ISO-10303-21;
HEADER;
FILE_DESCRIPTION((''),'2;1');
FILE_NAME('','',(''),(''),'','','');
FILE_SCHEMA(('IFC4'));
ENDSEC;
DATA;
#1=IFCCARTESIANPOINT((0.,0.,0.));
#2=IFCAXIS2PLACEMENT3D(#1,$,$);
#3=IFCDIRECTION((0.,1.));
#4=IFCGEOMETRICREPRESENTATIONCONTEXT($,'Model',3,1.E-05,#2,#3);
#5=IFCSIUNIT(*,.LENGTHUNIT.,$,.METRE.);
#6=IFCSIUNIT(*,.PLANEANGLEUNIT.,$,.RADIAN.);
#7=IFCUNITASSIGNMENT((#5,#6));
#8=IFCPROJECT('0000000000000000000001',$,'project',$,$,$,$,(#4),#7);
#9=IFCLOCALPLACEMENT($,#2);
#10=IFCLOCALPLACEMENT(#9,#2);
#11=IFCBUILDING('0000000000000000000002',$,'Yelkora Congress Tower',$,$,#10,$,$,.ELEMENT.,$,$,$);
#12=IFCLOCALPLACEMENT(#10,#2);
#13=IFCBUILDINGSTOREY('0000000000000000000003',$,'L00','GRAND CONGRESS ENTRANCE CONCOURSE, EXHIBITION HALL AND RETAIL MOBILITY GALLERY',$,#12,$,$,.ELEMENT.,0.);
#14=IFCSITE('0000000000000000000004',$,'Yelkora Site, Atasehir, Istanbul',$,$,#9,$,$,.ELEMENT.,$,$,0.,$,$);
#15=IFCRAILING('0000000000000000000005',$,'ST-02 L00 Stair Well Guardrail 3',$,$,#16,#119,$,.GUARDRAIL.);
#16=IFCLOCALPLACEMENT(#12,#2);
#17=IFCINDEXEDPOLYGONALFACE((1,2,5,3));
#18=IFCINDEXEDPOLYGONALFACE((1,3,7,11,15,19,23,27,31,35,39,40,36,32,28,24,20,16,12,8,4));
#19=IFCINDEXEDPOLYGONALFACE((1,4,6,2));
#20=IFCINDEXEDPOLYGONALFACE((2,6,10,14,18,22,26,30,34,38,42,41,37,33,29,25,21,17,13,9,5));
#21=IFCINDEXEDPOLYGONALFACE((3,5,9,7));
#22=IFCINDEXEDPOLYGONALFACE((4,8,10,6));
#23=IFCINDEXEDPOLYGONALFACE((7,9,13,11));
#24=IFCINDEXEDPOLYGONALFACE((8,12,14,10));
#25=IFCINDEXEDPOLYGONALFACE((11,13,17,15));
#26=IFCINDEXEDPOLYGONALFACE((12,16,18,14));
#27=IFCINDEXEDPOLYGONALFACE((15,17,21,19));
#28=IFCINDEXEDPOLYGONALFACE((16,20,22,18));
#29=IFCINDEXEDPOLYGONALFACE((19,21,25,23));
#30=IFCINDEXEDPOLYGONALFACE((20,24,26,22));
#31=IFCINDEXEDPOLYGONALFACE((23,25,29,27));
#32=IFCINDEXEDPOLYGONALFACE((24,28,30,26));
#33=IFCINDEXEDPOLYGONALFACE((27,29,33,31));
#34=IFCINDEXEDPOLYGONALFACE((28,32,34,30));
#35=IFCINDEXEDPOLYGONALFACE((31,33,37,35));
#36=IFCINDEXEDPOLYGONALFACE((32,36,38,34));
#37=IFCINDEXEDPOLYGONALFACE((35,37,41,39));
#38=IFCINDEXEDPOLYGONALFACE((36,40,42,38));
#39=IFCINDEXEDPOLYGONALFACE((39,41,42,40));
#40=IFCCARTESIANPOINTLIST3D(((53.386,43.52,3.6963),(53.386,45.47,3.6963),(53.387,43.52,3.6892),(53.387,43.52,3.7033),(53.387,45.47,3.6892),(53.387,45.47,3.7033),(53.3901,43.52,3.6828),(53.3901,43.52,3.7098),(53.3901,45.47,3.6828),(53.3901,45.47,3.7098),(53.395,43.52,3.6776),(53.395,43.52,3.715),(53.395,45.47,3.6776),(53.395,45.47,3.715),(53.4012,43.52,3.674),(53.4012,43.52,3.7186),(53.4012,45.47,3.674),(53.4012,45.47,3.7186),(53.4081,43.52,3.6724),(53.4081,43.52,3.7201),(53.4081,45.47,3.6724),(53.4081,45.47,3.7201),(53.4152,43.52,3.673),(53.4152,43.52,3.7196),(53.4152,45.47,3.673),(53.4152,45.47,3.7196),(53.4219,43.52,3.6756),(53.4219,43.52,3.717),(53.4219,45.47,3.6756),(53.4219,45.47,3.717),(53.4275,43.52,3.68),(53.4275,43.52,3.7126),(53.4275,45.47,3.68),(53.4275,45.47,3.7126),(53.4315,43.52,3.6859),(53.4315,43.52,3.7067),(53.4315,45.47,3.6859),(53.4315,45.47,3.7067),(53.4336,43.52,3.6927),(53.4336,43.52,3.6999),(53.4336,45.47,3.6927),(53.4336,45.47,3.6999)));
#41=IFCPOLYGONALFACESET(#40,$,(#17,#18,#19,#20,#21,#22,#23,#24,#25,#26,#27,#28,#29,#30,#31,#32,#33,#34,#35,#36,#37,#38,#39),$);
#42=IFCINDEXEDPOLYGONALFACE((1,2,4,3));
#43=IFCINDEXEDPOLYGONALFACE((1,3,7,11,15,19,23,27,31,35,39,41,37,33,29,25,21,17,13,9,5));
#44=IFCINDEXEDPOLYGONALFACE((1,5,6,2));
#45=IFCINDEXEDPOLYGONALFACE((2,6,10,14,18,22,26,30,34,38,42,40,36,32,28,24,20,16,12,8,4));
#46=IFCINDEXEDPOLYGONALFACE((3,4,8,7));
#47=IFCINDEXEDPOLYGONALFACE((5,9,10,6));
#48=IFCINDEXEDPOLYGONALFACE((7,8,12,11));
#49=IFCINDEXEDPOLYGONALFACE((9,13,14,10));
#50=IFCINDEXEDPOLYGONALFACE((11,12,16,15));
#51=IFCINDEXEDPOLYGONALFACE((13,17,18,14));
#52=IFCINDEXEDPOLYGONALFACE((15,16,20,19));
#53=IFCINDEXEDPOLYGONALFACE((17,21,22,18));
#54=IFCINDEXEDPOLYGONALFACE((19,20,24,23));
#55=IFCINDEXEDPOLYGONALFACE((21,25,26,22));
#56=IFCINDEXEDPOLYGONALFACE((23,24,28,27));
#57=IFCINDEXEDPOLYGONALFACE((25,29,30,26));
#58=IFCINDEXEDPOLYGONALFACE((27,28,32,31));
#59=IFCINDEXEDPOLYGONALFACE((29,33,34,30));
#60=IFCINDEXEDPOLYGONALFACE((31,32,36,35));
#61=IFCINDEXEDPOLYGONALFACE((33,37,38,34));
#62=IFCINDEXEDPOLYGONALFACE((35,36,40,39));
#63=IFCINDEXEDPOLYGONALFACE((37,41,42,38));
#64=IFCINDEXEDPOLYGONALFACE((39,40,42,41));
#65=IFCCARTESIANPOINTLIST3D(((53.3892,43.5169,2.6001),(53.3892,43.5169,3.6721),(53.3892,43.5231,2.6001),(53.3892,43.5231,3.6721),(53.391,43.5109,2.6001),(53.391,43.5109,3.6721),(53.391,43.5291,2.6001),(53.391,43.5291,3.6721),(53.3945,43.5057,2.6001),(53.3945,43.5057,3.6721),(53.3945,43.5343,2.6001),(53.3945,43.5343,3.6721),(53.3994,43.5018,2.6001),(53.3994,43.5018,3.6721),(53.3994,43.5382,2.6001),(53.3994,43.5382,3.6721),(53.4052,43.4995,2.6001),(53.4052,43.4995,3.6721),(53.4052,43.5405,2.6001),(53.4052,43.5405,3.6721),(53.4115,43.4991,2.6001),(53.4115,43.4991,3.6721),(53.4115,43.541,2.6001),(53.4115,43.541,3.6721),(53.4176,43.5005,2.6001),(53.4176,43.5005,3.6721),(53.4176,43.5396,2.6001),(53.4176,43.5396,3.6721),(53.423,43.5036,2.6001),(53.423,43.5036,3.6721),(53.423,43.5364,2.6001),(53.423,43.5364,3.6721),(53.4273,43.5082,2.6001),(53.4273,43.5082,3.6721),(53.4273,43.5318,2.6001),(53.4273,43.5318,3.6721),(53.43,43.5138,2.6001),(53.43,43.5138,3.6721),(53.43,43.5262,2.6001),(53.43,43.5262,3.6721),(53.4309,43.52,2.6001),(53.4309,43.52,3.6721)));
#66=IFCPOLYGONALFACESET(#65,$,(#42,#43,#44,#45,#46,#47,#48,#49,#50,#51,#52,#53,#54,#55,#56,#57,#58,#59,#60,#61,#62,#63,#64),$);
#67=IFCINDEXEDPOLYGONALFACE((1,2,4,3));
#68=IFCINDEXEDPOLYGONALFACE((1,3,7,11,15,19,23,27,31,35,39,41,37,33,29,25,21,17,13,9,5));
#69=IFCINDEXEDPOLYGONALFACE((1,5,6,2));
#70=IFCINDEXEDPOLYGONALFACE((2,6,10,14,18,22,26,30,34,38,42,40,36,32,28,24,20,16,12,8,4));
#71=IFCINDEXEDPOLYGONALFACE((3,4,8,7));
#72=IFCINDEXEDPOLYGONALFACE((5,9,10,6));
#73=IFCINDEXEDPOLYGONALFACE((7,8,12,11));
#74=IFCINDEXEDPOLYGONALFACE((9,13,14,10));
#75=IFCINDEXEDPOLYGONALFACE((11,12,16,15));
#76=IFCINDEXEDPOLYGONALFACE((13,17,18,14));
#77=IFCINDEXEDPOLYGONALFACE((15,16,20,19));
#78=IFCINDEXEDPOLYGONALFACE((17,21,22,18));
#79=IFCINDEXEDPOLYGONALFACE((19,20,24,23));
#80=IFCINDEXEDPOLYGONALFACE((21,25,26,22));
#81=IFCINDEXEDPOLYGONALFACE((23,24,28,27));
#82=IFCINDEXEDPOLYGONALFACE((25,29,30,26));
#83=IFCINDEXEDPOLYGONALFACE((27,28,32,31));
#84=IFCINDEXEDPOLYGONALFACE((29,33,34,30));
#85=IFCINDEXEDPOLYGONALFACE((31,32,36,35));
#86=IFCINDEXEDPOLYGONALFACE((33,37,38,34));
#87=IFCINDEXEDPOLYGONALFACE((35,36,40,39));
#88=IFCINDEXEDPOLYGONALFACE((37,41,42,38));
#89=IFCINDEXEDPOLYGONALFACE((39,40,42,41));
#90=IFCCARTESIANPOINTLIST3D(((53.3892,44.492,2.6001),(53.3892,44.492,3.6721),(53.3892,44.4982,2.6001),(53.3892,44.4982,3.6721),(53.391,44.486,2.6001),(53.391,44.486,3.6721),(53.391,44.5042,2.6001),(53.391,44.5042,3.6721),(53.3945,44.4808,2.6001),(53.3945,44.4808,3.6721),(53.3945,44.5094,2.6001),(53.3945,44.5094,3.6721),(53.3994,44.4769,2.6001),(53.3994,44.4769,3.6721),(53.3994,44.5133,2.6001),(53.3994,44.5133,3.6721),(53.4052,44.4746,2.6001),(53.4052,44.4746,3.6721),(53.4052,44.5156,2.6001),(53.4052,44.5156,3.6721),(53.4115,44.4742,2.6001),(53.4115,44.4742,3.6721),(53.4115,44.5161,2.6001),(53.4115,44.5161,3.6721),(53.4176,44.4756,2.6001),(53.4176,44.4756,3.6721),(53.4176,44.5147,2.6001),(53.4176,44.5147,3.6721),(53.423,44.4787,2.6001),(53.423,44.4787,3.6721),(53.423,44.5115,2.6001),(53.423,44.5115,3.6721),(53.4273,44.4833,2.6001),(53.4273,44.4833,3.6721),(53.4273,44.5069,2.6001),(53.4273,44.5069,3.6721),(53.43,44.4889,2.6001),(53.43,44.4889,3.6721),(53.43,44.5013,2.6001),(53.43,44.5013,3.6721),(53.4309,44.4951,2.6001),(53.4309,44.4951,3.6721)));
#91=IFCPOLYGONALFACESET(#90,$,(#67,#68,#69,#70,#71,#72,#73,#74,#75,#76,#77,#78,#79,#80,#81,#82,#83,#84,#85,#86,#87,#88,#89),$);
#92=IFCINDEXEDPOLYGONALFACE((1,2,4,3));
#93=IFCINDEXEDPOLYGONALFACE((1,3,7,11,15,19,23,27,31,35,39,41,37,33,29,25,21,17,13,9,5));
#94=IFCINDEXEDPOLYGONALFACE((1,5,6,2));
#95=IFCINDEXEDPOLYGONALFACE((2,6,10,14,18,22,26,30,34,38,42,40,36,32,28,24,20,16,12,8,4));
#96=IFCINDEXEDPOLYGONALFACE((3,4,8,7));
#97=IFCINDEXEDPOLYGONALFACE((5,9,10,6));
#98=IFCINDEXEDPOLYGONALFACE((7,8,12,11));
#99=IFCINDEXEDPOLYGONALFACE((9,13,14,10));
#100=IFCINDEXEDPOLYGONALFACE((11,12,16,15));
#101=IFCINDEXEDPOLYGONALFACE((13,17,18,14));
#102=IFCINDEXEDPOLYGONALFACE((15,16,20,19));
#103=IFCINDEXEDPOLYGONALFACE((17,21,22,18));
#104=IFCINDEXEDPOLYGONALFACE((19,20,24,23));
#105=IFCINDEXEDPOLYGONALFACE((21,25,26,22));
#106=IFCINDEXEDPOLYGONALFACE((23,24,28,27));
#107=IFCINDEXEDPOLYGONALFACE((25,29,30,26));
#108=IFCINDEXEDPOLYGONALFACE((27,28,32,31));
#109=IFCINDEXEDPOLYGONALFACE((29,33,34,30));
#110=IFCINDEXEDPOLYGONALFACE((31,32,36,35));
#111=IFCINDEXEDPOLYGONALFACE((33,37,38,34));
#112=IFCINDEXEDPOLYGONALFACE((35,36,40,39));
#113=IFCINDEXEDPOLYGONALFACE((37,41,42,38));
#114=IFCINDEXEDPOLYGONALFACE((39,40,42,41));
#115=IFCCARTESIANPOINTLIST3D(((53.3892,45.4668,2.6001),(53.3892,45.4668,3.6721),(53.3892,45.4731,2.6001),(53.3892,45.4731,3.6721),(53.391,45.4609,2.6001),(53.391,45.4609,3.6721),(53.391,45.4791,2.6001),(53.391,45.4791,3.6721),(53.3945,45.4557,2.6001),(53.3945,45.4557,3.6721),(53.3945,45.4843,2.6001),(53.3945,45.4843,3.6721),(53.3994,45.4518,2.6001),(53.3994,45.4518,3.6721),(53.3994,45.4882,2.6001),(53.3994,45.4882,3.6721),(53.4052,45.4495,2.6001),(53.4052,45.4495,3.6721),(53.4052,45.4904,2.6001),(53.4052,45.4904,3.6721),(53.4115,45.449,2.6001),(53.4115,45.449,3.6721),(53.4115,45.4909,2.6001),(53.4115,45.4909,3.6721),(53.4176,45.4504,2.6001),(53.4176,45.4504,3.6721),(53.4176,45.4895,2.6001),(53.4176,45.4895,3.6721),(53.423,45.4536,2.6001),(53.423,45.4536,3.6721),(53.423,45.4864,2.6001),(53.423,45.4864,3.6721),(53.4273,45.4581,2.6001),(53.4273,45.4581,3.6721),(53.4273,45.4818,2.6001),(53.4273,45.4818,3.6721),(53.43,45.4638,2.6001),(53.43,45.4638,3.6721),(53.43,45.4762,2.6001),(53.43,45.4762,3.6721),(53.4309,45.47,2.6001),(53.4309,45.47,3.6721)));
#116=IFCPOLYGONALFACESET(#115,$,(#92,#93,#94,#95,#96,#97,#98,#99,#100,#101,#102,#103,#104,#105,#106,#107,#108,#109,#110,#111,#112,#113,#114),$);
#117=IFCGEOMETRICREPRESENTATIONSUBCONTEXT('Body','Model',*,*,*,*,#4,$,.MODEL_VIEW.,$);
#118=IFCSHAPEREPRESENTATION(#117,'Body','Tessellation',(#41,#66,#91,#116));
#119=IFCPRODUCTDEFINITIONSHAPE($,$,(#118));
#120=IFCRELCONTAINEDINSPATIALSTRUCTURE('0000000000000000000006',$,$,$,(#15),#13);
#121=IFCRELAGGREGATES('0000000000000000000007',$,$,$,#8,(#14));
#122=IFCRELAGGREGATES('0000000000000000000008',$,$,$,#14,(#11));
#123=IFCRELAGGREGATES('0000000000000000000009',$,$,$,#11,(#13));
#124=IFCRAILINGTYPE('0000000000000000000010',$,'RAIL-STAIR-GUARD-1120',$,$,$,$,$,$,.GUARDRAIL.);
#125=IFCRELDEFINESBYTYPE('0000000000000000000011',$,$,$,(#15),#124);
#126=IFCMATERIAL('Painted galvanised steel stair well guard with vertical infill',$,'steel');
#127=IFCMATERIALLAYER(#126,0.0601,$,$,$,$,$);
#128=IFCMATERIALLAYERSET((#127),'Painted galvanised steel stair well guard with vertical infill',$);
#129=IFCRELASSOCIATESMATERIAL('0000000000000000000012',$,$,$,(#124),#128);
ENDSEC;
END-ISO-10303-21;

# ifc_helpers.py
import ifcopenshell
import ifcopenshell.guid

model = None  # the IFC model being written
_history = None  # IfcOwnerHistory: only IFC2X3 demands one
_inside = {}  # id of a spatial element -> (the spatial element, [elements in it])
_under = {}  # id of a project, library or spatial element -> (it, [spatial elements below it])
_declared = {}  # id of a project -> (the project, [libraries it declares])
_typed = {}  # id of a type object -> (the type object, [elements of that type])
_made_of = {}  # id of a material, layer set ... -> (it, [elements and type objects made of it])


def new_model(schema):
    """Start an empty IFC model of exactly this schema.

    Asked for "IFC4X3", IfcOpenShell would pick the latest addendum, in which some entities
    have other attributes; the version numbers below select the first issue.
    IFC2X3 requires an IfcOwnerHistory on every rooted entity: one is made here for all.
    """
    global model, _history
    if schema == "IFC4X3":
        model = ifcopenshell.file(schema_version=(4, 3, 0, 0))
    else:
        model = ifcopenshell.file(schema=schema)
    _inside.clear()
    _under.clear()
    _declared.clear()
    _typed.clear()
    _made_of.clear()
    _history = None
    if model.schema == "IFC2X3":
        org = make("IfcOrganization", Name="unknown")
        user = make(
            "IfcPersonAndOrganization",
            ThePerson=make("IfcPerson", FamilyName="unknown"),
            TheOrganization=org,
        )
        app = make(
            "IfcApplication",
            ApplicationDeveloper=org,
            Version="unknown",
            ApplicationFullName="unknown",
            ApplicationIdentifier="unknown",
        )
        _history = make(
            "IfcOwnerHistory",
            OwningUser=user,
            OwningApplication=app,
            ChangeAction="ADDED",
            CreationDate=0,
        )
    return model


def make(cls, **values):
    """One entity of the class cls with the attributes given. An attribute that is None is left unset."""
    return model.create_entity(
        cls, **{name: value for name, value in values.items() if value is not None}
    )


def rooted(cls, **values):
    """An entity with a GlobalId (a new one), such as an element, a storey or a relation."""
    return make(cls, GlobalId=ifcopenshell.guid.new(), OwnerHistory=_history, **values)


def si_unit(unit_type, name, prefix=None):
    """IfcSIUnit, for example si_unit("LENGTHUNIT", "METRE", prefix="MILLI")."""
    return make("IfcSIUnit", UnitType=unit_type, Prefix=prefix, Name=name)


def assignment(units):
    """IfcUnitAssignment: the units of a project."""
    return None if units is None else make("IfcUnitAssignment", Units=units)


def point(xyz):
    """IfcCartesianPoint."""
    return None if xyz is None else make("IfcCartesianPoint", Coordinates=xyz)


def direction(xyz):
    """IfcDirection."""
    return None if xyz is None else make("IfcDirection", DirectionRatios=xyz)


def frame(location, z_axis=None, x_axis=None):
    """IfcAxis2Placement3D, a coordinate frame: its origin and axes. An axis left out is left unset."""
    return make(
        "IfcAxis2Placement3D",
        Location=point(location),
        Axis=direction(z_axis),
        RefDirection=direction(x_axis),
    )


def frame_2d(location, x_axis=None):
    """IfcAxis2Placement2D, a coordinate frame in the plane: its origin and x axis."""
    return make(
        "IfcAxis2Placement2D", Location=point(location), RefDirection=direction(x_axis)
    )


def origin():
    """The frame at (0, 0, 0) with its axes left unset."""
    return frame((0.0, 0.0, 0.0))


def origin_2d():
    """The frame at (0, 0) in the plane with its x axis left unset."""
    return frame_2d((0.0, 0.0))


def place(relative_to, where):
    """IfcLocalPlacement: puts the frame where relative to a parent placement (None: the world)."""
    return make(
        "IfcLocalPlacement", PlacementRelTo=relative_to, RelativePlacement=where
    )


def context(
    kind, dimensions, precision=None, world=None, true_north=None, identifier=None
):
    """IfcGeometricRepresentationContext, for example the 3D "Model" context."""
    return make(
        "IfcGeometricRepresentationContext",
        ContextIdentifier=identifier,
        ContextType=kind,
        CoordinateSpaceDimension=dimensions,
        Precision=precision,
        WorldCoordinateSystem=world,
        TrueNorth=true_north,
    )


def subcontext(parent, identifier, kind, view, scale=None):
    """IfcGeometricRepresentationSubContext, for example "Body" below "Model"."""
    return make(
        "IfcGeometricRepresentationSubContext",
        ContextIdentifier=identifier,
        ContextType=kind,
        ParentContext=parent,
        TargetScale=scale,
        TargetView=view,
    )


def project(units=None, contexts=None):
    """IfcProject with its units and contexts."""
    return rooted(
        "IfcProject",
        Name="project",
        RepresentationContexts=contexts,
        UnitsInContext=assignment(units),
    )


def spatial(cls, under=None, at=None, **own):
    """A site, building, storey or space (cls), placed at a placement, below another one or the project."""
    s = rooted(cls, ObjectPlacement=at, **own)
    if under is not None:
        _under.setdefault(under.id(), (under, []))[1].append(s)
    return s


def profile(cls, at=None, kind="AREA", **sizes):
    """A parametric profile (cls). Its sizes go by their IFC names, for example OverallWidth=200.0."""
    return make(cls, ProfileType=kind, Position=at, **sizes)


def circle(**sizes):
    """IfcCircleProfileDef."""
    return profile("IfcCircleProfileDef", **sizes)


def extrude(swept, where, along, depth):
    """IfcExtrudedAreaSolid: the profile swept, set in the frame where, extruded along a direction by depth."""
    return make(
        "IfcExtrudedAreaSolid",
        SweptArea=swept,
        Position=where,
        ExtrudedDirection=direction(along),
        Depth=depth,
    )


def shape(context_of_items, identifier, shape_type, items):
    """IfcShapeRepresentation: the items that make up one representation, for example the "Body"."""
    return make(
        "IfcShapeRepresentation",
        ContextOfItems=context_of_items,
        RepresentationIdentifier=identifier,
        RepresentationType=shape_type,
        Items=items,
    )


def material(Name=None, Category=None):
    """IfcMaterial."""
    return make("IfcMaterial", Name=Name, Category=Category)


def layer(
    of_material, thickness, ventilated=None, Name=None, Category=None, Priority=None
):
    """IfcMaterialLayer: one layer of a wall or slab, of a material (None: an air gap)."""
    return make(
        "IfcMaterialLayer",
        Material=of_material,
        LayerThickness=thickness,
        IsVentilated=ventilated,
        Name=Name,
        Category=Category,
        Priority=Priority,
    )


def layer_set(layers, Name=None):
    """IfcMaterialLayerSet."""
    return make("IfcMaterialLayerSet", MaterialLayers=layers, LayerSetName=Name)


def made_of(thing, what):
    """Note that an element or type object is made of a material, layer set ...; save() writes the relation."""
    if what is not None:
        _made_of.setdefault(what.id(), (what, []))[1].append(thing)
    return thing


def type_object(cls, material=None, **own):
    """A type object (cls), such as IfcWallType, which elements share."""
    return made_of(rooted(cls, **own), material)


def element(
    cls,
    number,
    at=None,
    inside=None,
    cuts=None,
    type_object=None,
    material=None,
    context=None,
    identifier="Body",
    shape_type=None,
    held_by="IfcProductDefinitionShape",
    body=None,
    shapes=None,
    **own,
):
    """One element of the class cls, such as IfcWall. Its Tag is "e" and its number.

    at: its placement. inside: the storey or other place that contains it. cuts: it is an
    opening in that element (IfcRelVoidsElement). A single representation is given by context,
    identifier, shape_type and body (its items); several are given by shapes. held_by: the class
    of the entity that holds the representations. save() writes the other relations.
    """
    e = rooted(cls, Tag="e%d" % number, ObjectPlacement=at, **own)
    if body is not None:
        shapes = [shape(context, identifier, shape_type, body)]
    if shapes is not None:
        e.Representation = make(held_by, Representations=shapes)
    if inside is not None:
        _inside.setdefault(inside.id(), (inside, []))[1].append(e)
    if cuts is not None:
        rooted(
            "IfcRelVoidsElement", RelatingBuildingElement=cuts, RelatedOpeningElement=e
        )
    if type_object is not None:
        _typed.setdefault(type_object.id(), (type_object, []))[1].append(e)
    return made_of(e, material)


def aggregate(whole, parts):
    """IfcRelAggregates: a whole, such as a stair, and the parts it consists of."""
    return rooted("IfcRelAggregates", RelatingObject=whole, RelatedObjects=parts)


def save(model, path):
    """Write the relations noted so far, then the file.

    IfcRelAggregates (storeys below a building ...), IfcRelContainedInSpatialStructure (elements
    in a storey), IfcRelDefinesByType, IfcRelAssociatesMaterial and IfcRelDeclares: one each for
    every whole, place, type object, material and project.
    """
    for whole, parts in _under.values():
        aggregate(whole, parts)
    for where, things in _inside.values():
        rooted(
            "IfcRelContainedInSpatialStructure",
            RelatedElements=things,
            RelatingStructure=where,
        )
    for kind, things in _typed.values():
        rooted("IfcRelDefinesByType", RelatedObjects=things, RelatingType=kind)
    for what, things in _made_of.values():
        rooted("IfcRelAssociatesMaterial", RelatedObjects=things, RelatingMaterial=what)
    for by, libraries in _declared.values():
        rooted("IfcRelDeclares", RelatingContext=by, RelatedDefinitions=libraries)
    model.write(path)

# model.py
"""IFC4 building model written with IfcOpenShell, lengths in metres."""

from ifc_helpers import new_model, si_unit, direction, frame, origin, origin_2d, place, context, subcontext, project, spatial, circle, extrude, material, layer, layer_set, type_object, element, save


model = new_model("IFC4")

# Units and contexts
model_context = context("Model", 3, precision=1e-05, world=origin(), true_north=direction((0.0, 1.0)))
body_context = subcontext(model_context, "Body", "Model", "MODEL_VIEW")
ifc_project = project(units=[si_unit("LENGTHUNIT", "METRE"), si_unit("PLANEANGLEUNIT", "RADIAN")], contexts=[model_context])

# Site, building, storey
site_placement = place(None, origin())
site = spatial("IfcSite", under=ifc_project, at=site_placement, Name="Yelkora Site, Atasehir, Istanbul", CompositionType="ELEMENT", RefElevation=0.0)
building_placement = place(site_placement, origin())
building = spatial("IfcBuilding", under=site, at=building_placement, Name="Yelkora Congress Tower", CompositionType="ELEMENT")
storey_placement = place(building_placement, origin())
storey = spatial("IfcBuildingStorey", under=building, at=storey_placement, Name="L00", Description="GRAND CONGRESS ENTRANCE CONCOURSE, EXHIBITION HALL AND RETAIL MOBILITY GALLERY", CompositionType="ELEMENT", Elevation=0.0)

# Railing
ifc_material_1 = material(Name="Painted galvanised steel stair well guard with vertical infill", Category="steel")
ifc_layer_1 = layer(ifc_material_1, 0.0601)
ifc_layer_set_1 = layer_set([ifc_layer_1], Name="Painted galvanised steel stair well guard with vertical infill")
railing_type_1 = type_object("IfcRailingType", Name="RAIL-STAIR-GUARD-1120", PredefinedType="GUARDRAIL", material=ifc_layer_set_1)
railing_1_placement = place(storey_placement, frame((53.4099, 43.52, 2.6001)))
element("IfcRailing", 1, at=railing_1_placement, inside=storey, type_object=railing_type_1, Name="ST-02 L00 Stair Well Guardrail 3", PredefinedType="GUARDRAIL", context=body_context, shape_type="SweptSolid", body=[
    extrude(circle(Radius=0.0239, at=origin_2d()), frame((0.0, 0.0, 1.0962), z_axis=(0.0, 1.0, 0.0), x_axis=(-1.0, 0.0, 0.0)), (0.0, 0.0, 1.0), 1.95),
    extrude(circle(Radius=0.021, at=origin_2d()), origin(), (0.0, 0.0, 1.0), 1.072),
    extrude(circle(Radius=0.021, at=origin_2d()), frame((0.0, 0.9751, 0.0)), (0.0, 0.0, 1.0), 1.072),
    extrude(circle(Radius=0.021, at=origin_2d()), frame((0.0, 1.95, 0.0)), (0.0, 0.0, 1.0), 1.072),
])

save(model, "model.ifc")
